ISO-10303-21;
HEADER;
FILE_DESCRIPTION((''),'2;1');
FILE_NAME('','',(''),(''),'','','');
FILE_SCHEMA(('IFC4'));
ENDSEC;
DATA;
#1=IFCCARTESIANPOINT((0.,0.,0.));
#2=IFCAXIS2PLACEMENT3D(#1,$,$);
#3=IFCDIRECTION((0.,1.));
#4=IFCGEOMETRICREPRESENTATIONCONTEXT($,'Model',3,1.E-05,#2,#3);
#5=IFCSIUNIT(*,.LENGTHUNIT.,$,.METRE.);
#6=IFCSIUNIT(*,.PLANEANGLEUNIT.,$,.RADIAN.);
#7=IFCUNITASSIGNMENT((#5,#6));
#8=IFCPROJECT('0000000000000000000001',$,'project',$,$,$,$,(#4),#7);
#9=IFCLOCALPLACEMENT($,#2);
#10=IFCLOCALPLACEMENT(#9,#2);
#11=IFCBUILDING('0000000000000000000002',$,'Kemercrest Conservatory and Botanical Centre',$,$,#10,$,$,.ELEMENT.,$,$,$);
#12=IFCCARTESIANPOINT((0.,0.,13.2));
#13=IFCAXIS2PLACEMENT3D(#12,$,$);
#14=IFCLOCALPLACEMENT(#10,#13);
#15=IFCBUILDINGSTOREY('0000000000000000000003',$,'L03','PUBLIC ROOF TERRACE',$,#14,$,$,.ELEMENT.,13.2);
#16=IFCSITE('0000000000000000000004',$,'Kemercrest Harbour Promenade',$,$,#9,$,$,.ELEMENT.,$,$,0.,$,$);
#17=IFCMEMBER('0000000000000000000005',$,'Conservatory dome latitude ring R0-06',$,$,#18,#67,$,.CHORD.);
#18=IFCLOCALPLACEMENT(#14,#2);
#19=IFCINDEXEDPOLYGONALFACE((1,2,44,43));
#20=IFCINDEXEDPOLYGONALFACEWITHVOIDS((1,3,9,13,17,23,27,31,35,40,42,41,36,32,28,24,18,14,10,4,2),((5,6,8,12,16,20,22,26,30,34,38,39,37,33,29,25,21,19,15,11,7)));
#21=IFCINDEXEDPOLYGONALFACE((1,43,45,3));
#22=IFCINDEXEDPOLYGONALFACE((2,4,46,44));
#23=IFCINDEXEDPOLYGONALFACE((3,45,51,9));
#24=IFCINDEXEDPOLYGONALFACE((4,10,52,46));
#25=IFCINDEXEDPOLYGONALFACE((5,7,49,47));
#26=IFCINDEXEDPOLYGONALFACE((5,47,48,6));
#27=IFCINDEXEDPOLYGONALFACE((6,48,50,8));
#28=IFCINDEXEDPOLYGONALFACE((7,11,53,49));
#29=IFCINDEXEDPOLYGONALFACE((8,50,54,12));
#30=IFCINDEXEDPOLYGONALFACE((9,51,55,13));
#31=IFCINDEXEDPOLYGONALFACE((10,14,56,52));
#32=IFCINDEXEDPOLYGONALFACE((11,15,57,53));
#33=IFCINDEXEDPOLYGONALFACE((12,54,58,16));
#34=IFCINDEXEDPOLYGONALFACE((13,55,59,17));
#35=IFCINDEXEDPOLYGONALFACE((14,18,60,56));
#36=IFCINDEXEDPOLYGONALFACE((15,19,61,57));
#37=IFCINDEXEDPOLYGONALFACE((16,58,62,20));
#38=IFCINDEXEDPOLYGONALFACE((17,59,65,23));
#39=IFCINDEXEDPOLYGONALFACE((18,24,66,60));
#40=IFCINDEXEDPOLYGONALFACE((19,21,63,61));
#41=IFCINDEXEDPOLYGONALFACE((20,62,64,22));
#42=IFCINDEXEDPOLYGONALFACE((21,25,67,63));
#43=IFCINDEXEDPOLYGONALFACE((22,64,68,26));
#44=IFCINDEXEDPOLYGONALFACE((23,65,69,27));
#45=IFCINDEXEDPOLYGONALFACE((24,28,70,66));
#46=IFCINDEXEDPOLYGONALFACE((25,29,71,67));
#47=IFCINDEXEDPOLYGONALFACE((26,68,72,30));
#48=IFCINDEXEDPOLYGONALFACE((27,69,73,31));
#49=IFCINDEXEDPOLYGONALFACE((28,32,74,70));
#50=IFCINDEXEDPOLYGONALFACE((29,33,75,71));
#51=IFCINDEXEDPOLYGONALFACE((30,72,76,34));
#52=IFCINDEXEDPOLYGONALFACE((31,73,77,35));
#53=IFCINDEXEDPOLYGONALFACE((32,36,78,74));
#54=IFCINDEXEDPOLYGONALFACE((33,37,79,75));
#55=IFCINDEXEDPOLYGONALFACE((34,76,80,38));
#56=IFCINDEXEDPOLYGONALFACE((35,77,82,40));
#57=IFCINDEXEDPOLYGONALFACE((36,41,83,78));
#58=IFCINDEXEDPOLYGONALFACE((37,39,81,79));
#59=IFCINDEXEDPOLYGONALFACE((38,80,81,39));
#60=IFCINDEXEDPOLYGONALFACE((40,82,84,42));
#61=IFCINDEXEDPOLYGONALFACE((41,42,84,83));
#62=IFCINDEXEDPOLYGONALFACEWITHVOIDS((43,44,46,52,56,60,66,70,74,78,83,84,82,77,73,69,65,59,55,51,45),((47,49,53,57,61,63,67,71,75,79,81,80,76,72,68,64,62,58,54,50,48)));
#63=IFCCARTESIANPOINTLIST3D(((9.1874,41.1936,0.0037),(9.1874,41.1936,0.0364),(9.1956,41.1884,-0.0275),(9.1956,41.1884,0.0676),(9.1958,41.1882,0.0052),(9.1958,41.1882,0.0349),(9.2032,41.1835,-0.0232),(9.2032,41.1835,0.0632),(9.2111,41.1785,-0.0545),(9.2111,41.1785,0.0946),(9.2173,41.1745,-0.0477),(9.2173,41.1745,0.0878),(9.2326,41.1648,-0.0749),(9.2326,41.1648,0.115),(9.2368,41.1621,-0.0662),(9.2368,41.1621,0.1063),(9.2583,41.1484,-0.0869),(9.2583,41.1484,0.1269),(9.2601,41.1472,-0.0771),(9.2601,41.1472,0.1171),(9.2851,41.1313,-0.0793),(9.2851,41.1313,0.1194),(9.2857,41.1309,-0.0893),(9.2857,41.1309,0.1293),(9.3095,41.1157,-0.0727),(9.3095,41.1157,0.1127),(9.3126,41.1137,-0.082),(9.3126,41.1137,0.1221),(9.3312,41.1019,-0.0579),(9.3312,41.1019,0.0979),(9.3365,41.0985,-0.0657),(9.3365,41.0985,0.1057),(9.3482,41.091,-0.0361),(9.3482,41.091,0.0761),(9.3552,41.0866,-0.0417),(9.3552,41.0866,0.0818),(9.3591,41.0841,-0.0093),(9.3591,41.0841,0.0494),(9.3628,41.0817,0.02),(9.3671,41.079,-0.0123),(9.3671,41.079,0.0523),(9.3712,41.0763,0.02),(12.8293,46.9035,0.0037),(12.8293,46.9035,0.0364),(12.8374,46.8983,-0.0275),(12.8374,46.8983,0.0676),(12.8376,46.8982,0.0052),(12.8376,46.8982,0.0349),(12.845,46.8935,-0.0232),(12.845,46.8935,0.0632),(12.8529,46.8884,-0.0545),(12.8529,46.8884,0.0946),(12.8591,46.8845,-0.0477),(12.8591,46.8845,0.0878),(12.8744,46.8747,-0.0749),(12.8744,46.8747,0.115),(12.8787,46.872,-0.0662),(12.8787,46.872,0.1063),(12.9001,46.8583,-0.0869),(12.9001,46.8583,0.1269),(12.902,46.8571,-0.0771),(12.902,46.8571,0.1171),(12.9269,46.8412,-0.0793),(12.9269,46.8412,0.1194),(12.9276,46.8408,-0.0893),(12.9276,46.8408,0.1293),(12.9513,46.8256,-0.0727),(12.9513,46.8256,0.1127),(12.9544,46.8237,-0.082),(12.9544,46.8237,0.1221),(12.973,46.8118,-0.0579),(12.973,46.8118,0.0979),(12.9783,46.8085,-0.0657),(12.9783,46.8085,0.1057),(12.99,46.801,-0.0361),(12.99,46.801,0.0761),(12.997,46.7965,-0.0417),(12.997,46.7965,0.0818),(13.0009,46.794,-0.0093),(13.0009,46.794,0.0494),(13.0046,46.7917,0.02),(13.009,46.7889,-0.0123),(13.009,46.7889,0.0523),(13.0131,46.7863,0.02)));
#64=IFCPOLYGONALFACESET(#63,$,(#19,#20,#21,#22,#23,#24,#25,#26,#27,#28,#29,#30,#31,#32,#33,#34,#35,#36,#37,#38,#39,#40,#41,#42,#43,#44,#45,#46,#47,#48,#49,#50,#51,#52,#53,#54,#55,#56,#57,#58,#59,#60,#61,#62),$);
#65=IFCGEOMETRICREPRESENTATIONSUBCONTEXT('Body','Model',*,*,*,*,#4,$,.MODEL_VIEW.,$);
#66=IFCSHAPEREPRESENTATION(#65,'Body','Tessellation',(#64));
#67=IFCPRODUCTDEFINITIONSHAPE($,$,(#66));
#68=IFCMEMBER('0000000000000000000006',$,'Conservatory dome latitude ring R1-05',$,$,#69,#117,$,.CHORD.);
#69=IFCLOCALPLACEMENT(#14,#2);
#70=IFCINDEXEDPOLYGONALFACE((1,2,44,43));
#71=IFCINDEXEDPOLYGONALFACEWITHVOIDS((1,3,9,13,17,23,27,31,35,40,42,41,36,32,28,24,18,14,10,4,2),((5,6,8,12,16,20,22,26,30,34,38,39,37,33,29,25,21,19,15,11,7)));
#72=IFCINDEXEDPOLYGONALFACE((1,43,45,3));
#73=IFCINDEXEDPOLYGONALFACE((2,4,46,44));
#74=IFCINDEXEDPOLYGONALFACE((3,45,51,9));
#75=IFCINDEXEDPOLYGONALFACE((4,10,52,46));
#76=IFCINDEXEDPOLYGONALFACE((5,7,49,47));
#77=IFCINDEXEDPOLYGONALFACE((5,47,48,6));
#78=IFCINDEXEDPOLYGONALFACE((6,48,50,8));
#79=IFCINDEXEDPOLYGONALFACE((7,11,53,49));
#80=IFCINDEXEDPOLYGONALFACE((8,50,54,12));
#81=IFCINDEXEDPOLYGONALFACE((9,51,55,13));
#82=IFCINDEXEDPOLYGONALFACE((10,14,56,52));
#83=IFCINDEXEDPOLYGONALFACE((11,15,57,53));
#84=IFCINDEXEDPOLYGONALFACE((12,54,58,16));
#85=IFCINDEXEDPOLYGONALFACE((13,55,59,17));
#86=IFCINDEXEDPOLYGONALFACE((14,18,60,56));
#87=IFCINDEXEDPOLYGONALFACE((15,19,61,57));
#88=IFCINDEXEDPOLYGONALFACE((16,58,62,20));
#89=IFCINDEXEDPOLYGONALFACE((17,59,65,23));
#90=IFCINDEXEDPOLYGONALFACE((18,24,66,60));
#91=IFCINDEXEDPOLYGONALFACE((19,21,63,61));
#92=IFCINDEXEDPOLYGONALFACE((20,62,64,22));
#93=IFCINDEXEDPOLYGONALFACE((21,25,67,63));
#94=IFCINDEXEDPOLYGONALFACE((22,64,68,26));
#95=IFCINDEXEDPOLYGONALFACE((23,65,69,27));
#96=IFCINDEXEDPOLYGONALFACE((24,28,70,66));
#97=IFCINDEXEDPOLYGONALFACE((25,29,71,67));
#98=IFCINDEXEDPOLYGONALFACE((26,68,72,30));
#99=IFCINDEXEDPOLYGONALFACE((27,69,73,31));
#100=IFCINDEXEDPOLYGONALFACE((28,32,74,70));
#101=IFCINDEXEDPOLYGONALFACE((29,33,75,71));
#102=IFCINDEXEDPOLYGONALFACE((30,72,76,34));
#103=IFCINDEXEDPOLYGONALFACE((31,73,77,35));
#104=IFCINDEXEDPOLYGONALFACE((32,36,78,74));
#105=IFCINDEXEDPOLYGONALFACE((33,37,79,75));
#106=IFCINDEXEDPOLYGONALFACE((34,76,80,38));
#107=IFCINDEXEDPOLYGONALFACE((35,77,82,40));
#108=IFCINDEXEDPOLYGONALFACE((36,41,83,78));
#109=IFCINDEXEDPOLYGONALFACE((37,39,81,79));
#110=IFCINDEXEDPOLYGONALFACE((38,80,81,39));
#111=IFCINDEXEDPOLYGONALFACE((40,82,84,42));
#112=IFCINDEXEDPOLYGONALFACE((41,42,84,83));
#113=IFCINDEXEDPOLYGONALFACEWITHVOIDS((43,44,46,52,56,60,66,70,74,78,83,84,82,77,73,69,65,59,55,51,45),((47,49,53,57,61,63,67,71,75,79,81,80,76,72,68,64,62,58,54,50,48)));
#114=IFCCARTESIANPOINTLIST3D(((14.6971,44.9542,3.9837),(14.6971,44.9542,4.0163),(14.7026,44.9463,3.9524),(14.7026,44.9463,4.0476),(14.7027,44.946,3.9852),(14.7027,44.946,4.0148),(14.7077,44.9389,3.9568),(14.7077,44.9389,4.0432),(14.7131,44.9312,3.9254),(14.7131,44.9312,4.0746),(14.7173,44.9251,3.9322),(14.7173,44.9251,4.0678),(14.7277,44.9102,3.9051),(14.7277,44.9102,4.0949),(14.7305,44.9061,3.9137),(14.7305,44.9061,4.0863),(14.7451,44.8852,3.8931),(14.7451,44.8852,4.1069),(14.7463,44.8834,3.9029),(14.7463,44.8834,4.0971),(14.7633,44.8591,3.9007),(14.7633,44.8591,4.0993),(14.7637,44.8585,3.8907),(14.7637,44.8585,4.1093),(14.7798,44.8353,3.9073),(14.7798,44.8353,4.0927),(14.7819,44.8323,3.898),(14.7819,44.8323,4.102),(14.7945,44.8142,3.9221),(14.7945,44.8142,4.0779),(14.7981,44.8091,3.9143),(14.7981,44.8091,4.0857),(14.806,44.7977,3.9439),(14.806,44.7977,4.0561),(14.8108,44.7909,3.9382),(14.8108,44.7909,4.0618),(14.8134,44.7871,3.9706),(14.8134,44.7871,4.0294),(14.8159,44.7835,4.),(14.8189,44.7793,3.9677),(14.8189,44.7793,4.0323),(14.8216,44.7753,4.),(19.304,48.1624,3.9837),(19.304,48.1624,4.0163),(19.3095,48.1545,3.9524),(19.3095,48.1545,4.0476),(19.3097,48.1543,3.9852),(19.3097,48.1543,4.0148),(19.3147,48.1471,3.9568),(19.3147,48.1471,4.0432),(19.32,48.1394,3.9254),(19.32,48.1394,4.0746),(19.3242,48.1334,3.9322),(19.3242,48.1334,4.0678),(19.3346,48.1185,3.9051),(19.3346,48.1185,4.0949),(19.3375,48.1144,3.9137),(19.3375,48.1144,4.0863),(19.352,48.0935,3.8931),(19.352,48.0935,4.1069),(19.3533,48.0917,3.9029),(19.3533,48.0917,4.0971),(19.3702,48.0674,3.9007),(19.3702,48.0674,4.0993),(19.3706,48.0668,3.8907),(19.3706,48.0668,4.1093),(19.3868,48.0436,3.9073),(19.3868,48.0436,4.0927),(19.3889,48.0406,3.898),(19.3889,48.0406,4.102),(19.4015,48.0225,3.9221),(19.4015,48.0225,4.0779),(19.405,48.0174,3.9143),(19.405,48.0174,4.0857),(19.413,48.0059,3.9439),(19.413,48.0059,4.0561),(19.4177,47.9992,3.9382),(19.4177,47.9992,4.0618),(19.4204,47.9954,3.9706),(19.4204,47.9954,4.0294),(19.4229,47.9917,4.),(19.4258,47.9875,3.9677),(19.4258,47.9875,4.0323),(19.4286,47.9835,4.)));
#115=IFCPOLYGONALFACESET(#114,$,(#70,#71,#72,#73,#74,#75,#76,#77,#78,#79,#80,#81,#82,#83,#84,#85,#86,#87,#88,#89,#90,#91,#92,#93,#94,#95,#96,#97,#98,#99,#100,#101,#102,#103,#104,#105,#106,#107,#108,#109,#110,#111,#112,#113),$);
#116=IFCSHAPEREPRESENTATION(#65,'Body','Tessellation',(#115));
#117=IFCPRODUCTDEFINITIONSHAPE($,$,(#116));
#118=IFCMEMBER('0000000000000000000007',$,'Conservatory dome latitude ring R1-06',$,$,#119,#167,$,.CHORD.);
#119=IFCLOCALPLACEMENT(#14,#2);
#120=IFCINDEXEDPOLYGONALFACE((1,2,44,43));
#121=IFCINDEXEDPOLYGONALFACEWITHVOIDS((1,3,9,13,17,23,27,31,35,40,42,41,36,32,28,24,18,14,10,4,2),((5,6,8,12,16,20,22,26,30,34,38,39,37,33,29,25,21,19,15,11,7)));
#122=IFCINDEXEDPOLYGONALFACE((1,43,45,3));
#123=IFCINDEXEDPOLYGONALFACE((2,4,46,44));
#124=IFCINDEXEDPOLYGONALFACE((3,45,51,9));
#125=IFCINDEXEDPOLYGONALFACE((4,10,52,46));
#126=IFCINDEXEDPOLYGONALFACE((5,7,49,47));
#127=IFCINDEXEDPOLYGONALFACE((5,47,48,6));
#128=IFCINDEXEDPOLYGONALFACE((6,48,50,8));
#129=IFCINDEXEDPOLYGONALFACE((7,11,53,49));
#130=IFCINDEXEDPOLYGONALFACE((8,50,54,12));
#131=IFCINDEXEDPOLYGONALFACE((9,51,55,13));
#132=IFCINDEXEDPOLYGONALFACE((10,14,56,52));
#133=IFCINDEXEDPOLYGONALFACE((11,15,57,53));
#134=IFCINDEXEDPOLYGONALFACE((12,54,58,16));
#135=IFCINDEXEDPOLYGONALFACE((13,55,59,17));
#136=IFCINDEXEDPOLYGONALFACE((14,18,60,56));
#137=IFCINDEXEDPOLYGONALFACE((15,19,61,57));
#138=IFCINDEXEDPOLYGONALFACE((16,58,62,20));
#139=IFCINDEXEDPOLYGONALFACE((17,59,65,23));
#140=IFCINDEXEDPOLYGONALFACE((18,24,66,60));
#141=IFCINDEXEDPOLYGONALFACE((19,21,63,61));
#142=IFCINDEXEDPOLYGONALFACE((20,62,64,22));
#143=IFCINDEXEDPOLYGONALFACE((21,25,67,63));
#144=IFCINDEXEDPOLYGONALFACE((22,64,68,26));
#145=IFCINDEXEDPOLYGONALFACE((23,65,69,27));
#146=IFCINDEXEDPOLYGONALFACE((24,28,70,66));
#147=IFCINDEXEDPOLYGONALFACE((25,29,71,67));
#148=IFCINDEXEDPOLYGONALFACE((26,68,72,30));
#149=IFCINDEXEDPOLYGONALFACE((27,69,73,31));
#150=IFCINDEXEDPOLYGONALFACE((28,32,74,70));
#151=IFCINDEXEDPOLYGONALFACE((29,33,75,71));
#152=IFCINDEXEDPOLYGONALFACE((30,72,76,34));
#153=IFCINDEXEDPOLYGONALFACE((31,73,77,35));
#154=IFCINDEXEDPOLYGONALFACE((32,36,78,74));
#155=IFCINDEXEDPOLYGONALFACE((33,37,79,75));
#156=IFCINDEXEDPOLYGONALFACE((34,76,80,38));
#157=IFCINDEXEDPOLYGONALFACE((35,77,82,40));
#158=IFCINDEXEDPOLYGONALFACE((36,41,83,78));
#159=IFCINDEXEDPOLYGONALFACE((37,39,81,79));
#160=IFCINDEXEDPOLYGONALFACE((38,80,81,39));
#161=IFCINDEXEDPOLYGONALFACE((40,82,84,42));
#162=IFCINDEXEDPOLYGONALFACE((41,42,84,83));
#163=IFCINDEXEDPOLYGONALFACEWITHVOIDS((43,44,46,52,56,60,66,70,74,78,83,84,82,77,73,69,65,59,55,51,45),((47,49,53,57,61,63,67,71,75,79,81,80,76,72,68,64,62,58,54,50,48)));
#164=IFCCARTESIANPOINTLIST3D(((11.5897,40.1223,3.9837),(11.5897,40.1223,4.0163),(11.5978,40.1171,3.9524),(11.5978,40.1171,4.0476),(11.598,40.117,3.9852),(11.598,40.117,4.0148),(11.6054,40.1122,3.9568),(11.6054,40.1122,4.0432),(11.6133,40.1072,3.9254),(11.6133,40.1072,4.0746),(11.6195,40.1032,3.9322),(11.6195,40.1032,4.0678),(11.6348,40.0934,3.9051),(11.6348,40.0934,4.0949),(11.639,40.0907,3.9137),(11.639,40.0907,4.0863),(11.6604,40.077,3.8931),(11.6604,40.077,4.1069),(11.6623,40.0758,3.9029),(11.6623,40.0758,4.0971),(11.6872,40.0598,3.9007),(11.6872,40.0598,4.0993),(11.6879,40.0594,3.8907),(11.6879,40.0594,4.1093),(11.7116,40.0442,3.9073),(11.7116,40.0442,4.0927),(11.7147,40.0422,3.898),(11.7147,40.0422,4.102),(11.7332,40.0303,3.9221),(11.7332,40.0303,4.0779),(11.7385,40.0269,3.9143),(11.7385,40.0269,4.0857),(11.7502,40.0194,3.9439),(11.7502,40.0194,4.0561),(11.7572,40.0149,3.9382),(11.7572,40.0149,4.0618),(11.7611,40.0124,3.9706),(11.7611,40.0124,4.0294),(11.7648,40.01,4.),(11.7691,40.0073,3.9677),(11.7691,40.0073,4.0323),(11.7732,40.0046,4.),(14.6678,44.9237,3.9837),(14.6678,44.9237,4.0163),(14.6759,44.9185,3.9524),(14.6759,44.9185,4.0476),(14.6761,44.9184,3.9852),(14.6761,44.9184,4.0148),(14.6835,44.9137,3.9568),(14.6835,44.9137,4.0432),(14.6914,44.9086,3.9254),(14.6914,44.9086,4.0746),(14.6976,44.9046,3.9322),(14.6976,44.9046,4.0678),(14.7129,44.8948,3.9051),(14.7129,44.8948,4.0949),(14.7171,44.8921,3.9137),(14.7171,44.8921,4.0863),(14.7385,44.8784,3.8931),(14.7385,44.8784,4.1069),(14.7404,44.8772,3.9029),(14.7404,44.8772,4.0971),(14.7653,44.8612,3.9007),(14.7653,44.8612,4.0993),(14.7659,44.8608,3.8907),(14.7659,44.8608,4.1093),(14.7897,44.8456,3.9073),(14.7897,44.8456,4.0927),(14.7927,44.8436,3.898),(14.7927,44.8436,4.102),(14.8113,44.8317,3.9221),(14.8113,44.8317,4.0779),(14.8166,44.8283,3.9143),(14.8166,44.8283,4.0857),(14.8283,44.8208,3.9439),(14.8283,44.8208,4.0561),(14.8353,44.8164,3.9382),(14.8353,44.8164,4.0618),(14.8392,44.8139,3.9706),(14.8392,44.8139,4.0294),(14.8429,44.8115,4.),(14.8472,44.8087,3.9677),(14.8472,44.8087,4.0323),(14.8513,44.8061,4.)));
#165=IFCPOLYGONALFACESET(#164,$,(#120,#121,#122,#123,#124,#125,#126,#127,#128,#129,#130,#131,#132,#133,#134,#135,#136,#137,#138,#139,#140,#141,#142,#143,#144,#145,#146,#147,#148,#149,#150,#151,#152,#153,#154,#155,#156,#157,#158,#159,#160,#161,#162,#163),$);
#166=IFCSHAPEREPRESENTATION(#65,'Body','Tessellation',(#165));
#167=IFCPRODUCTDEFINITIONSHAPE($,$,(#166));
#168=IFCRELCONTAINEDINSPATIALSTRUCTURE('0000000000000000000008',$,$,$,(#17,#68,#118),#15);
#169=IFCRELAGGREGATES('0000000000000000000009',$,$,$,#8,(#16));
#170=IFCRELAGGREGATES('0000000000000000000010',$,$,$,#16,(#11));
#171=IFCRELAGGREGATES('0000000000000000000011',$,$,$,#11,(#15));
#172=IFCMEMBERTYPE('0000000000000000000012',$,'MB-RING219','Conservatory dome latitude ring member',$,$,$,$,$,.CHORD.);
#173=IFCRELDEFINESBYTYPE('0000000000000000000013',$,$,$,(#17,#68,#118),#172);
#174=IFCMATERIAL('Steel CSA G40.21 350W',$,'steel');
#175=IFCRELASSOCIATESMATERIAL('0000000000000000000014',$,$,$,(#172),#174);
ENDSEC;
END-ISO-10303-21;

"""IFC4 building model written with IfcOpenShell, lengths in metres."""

from ifc_helpers import new_model, si_unit, direction, frame, origin, origin_2d, place, context, subcontext, project, spatial, hollow_circle, extrude, material, material_profile, profile_set, type_object, element, save


model = new_model("IFC4")

# Units and contexts
model_context = context("Model", 3, precision=1e-05, world=origin(), true_north=direction((0.0, 1.0)))
body_context = subcontext(model_context, "Body", "Model", "MODEL_VIEW")
ifc_project = project(units=[si_unit("LENGTHUNIT", "METRE"), si_unit("PLANEANGLEUNIT", "RADIAN")], contexts=[model_context])

# Site, building, storey
site_placement = place(None, origin())
site = spatial("IfcSite", under=ifc_project, at=site_placement, Name="Kemercrest Harbour Promenade", CompositionType="ELEMENT", RefElevation=0.0)
building_placement = place(site_placement, origin())
building = spatial("IfcBuilding", under=site, at=building_placement, Name="Kemercrest Conservatory and Botanical Centre", CompositionType="ELEMENT")
storey_placement = place(building_placement, frame((0.0, 0.0, 13.2)))
storey = spatial("IfcBuildingStorey", under=building, at=storey_placement, Name="L03", Description="PUBLIC ROOF TERRACE", CompositionType="ELEMENT", Elevation=13.2)

# Shared definitions
ifc_material_1 = material(Name="Steel CSA G40.21 350W", Category="steel")

# Members
ifc_material_profile_1 = material_profile(ifc_material_1, hollow_circle(Radius=0.1096, WallThickness=0.01, at=origin_2d()), Name="CHS 219.1x10.0")
ifc_profile_set_1 = profile_set([ifc_material_profile_1], Name="Steel CSA G40.21 350W")
member_type_1 = type_object("IfcMemberType", Name="MB-RING219", Description="Conservatory dome latitude ring member", PredefinedType="CHORD", material=ifc_profile_set_1)
member_1_placement = place(storey_placement, frame((12.9207, 46.8452, 0.02), z_axis=(-0.537741, -0.84311, 0.0), x_axis=(0.84311, -0.537741, 0.0)))
element("IfcMember", 1, at=member_1_placement, inside=storey, type_object=member_type_1, Name="Conservatory dome latitude ring R0-06", PredefinedType="CHORD", context=body_context, shape_type="SweptSolid", body=[
    extrude(hollow_circle(Radius=0.1096, WallThickness=0.01, at=origin_2d()), origin(), (0.0, 0.0, 1.0), 6.7725),
])
member_2_placement = place(storey_placement, frame((19.366, 48.0735, 4.0), z_axis=(-0.820619, -0.571476, 0.0), x_axis=(0.571476, -0.820619, 0.0)))
element("IfcMember", 2, at=member_2_placement, inside=storey, type_object=member_type_1, Name="Conservatory dome latitude ring R1-05", PredefinedType="CHORD", context=body_context, shape_type="SweptSolid", body=[
    extrude(hollow_circle(Radius=0.1096, WallThickness=0.01, at=origin_2d()), origin(), (0.0, 0.0, 1.0), 5.614),
])
member_3_placement = place(storey_placement, frame((14.759, 44.8652, 4.0), z_axis=(-0.539695, -0.841861, 0.0), x_axis=(0.841861, -0.539695, 0.0)))
element("IfcMember", 3, at=member_3_placement, inside=storey, type_object=member_type_1, Name="Conservatory dome latitude ring R1-06", PredefinedType="CHORD", context=body_context, shape_type="SweptSolid", body=[
    extrude(hollow_circle(Radius=0.1096, WallThickness=0.01, at=origin_2d()), origin(), (0.0, 0.0, 1.0), 5.7034),
])

save(model, "model.ifc")
